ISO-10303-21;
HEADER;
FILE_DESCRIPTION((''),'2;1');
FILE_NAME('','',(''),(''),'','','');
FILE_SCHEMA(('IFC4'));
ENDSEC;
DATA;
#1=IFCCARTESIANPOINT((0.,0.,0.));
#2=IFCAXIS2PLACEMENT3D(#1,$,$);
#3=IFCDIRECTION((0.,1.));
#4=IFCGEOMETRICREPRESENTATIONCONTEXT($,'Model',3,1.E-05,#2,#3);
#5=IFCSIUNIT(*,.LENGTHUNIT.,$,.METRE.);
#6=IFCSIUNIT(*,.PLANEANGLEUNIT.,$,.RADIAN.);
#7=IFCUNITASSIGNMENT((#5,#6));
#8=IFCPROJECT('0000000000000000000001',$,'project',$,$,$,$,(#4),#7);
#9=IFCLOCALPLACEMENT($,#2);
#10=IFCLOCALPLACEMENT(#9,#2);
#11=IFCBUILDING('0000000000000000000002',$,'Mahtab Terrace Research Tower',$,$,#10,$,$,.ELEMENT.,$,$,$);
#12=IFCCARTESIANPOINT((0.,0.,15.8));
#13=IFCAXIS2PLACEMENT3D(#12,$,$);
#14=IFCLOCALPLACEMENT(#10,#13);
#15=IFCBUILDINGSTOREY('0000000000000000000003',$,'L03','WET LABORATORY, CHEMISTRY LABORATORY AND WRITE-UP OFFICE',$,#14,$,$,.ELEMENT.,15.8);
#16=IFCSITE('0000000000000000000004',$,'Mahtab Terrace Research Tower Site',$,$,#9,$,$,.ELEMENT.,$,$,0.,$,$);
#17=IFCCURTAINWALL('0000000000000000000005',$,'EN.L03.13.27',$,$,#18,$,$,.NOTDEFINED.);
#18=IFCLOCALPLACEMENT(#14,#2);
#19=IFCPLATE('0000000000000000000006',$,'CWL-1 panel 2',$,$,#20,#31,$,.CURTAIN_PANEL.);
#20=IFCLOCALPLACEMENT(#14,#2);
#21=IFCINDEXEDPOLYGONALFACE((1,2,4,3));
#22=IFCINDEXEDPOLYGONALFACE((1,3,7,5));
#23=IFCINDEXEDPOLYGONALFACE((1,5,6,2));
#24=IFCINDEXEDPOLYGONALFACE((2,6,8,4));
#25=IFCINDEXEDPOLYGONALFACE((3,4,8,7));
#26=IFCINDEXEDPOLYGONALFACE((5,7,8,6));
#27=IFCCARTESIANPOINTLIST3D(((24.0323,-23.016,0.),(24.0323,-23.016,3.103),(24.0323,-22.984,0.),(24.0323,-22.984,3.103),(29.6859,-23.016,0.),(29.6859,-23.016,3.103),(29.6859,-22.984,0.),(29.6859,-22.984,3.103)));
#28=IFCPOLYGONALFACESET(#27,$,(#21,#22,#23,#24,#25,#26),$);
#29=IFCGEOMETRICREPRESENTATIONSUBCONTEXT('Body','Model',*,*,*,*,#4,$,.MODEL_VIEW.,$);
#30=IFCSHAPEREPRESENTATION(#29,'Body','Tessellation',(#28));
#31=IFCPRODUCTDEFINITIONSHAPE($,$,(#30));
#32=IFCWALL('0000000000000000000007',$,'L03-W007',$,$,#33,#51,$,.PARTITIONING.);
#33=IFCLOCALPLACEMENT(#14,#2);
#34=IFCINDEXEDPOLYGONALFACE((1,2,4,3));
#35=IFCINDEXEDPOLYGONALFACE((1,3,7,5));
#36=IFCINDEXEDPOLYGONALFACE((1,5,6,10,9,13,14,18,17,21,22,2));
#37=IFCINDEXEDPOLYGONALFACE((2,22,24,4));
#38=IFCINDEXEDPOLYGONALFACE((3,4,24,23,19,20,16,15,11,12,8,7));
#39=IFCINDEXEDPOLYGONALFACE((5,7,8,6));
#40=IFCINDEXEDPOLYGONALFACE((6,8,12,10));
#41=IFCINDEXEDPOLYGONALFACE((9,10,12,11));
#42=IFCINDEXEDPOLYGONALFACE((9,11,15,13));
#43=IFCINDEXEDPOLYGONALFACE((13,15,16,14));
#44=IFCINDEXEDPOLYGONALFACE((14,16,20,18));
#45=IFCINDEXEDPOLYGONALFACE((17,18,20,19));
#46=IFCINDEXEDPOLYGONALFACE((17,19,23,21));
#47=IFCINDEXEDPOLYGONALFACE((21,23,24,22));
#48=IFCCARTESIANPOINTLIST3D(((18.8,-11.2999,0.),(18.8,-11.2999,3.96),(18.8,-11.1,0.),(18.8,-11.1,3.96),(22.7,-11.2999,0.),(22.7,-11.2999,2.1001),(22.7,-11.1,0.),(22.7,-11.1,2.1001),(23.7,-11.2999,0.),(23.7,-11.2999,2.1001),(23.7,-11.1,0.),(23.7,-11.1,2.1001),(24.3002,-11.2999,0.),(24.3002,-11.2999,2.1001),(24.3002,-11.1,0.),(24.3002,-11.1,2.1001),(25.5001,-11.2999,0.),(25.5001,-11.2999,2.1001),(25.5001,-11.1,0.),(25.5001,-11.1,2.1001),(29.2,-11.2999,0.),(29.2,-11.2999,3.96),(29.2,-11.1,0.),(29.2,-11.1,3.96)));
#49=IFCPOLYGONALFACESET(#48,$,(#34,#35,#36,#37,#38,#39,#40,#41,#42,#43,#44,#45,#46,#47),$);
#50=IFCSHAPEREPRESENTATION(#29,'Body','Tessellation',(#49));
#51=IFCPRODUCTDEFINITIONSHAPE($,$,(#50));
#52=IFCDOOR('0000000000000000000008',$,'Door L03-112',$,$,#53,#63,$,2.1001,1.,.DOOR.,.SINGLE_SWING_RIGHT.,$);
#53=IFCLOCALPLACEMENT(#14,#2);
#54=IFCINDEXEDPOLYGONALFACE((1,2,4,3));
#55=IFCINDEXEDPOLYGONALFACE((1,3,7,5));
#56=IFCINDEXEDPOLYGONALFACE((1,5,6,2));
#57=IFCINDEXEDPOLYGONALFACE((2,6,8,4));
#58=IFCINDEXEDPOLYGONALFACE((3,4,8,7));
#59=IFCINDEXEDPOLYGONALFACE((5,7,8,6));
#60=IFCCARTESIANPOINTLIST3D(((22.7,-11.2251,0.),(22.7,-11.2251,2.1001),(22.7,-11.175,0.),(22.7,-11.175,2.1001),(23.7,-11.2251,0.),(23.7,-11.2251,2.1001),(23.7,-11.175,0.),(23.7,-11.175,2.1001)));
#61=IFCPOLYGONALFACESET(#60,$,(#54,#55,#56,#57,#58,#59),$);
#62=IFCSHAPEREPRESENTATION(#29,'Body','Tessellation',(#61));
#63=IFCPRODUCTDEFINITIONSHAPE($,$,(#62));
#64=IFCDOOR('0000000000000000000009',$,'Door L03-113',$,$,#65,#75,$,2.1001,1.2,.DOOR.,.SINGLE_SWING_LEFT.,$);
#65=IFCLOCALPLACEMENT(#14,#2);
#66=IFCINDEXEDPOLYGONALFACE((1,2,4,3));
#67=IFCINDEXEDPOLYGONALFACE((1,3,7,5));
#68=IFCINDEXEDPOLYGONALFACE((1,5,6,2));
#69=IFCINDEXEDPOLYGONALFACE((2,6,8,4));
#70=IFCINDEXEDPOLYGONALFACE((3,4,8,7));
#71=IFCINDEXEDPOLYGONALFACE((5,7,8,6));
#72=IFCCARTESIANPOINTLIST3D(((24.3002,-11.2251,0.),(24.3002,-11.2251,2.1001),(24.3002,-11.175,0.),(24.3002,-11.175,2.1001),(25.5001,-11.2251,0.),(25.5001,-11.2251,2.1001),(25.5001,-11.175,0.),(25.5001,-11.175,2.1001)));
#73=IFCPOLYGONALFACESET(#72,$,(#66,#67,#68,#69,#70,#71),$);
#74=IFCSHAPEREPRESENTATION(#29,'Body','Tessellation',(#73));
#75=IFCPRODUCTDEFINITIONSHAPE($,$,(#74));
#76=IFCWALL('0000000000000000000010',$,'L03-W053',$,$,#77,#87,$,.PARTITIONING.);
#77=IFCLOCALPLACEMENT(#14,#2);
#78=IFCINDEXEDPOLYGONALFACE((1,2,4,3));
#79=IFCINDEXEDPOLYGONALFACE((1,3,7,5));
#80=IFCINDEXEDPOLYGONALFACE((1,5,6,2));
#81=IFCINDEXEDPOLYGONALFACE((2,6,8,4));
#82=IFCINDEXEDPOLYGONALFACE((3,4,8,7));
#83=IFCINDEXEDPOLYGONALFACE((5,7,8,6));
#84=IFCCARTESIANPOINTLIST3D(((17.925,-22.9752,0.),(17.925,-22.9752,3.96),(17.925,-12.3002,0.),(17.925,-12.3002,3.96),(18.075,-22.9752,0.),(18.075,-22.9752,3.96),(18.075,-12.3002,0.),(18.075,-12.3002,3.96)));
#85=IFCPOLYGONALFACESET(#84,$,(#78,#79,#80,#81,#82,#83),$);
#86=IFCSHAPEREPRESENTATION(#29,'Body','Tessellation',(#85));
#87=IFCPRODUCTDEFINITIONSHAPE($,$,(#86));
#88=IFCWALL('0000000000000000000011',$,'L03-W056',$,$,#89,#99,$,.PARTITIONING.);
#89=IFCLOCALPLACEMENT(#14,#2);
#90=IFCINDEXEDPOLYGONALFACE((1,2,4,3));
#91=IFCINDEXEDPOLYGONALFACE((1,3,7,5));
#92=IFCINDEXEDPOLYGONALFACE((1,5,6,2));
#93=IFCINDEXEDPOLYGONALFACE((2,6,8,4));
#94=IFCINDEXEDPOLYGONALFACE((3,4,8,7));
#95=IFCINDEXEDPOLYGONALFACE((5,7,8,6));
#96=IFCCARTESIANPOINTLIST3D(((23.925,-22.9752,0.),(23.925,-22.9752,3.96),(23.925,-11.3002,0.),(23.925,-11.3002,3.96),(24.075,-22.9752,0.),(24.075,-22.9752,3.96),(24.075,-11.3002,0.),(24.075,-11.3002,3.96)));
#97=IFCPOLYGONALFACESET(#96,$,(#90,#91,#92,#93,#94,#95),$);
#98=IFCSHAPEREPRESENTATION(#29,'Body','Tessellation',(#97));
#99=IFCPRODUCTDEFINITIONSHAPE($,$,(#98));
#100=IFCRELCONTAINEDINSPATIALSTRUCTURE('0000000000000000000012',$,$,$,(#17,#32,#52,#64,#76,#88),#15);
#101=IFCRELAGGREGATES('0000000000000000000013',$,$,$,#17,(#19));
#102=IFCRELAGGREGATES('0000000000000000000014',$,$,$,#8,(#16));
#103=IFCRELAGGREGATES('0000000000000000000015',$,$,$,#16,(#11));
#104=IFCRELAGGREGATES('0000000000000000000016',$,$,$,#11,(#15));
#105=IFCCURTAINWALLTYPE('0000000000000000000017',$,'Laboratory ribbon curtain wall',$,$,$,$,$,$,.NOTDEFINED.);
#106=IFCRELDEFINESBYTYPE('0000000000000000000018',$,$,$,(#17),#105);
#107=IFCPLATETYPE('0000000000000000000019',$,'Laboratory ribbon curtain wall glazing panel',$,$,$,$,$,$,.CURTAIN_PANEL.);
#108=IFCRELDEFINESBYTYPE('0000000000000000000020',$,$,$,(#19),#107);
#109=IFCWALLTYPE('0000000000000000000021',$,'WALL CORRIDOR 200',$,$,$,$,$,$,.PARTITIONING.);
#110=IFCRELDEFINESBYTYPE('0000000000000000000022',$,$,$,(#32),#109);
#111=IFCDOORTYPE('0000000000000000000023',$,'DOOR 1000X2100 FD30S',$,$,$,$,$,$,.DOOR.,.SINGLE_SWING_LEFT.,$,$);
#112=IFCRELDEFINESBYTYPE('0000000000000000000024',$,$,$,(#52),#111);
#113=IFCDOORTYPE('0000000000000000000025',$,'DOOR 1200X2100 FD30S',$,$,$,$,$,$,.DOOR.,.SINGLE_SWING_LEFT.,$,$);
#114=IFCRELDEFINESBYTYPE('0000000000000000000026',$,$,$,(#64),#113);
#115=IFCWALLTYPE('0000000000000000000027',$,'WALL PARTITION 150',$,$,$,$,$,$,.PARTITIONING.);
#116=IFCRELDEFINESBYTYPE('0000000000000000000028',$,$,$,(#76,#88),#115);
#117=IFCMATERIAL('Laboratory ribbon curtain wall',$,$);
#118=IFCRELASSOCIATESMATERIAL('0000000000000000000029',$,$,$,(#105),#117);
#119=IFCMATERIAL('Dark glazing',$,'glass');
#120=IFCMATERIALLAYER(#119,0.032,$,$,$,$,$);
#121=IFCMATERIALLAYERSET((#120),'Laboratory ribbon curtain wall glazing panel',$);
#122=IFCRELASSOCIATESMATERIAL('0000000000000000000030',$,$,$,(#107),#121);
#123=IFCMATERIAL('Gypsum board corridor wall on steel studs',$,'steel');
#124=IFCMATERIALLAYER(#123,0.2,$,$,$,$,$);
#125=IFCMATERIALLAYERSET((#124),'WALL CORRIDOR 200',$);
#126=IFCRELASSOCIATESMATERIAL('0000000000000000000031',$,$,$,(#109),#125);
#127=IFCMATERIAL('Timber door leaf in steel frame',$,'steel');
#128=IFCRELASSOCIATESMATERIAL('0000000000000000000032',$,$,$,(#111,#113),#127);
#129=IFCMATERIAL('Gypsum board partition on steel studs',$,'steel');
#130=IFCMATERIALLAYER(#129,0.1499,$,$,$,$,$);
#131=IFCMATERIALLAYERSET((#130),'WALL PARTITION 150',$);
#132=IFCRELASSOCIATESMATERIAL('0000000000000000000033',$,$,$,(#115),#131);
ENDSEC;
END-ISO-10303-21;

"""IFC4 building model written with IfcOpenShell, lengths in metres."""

from ifc_helpers import new_model, si_unit, direction, frame, frame_2d, origin, origin_2d, place, context, subcontext, project, spatial, rectangle, extrude, material, layer, layer_set, type_object, element, fill, aggregate, save


model = new_model("IFC4")

# Units and contexts
model_context = context("Model", 3, precision=1e-05, world=origin(), true_north=direction((0.0, 1.0)))
body_context = subcontext(model_context, "Body", "Model", "MODEL_VIEW")
ifc_project = project(units=[si_unit("LENGTHUNIT", "METRE"), si_unit("PLANEANGLEUNIT", "RADIAN")], contexts=[model_context])

# Site, building, storey
site_placement = place(None, origin())
site = spatial("IfcSite", under=ifc_project, at=site_placement, Name="Mahtab Terrace Research Tower Site", CompositionType="ELEMENT", RefElevation=0.0)
building_placement = place(site_placement, origin())
building = spatial("IfcBuilding", under=site, at=building_placement, Name="Mahtab Terrace Research Tower", CompositionType="ELEMENT")
storey_placement = place(building_placement, frame((0.0, 0.0, 15.8)))
storey = spatial("IfcBuildingStorey", under=building, at=storey_placement, Name="L03", Description="WET LABORATORY, CHEMISTRY LABORATORY AND WRITE-UP OFFICE", CompositionType="ELEMENT", Elevation=15.8)

# Shared definitions
ifc_material_1 = material(Name="Laboratory ribbon curtain wall")
curtain_wall_type = type_object("IfcCurtainWallType", Name="Laboratory ribbon curtain wall", PredefinedType="NOTDEFINED", material=ifc_material_1)

# Curtain wall
curtain_wall_1_placement = place(storey_placement, origin())
curtain_wall_1 = element("IfcCurtainWall", 1, at=curtain_wall_1_placement, inside=storey, type_object=curtain_wall_type, Name="EN.L03.13.27", PredefinedType="NOTDEFINED")

# Plate
ifc_material_2 = material(Name="Dark glazing", Category="glass")
ifc_layer_1 = layer(ifc_material_2, 0.032)
ifc_layer_set_1 = layer_set([ifc_layer_1], Name="Laboratory ribbon curtain wall glazing panel")
plate_type = type_object("IfcPlateType", Name="Laboratory ribbon curtain wall glazing panel", PredefinedType="CURTAIN_PANEL", material=ifc_layer_set_1)
plate_1_placement = place(storey_placement, frame((26.8591, -23.0, 0.0), z_axis=(0.0, 0.0, 1.0), x_axis=(1.0, 0.0, 0.0)))
plate_1 = element("IfcPlate", 2, at=plate_1_placement, type_object=plate_type, Name="CWL-1 panel 2", PredefinedType="CURTAIN_PANEL", context=body_context, shape_type="SweptSolid", body=[
    extrude(rectangle(XDim=5.6536, YDim=0.032, at=origin_2d()), origin(), (0.0, 0.0, 1.0), 3.103),
])
aggregate(curtain_wall_1, [plate_1])

# Wall, openings, doors
ifc_material_3 = material(Name="Gypsum board corridor wall on steel studs", Category="steel")
ifc_layer_2 = layer(ifc_material_3, 0.2)
ifc_layer_set_2 = layer_set([ifc_layer_2], Name="WALL CORRIDOR 200")
wall_type_1 = type_object("IfcWallType", Name="WALL CORRIDOR 200", PredefinedType="PARTITIONING", material=ifc_layer_set_2)
wall_1_placement = place(storey_placement, frame((18.8, -11.2, 0.0), z_axis=(0.0, 0.0, 1.0), x_axis=(1.0, 0.0, 0.0)))
wall_1 = element("IfcWall", 3, at=wall_1_placement, inside=storey, type_object=wall_type_1, Name="L03-W007", PredefinedType="PARTITIONING", context=body_context, shape_type="SweptSolid", body=[
    extrude(rectangle(XDim=10.3999, YDim=0.2, at=frame_2d((5.2, 0.0))), origin(), (0.0, 0.0, 1.0), 3.96),
])
opening_1_placement = place(wall_1_placement, frame((3.8999, 0.0, 0.0)))
opening_1 = element("IfcOpeningElement", 4, at=opening_1_placement, cuts=wall_1, PredefinedType="OPENING", context=body_context, shape_type="SweptSolid", body=[
    extrude(rectangle(XDim=1.0, YDim=2.1001, at=frame_2d((0.5, 1.05))), frame((0.0, 0.1099, 0.0), z_axis=(0.0, -1.0, 0.0), x_axis=(1.0, 0.0, 0.0)), (0.0, 0.0, 1.0), 0.22),
])
opening_2_placement = place(wall_1_placement, frame((5.5, 0.0, 0.0)))
opening_2 = element("IfcOpeningElement", 5, at=opening_2_placement, cuts=wall_1, PredefinedType="OPENING", context=body_context, shape_type="SweptSolid", body=[
    extrude(rectangle(XDim=1.2, YDim=2.1001, at=frame_2d((0.6001, 1.05))), frame((0.0, 0.1099, 0.0), z_axis=(0.0, -1.0, 0.0), x_axis=(1.0, 0.0, 0.0)), (0.0, 0.0, 1.0), 0.22),
])
ifc_material_4 = material(Name="Timber door leaf in steel frame", Category="steel")
door_type_1 = type_object("IfcDoorType", Name="DOOR 1000X2100 FD30S", OperationType="SINGLE_SWING_LEFT", PredefinedType="DOOR", material=ifc_material_4)
door_1_placement = place(opening_1_placement, origin())
door_1 = element("IfcDoor", 6, at=door_1_placement, inside=storey, type_object=door_type_1, Name="Door L03-112", OperationType="SINGLE_SWING_RIGHT", OverallHeight=2.1001, OverallWidth=1.0, PredefinedType="DOOR", context=body_context, shape_type="SweptSolid", body=[
    extrude(rectangle(XDim=1.0, YDim=2.1001, at=frame_2d((0.5, 1.05))), frame((0.0, 0.0249, 0.0), z_axis=(0.0, -1.0, 0.0), x_axis=(1.0, 0.0, 0.0)), (0.0, 0.0, 1.0), 0.05),
])
fill(opening_1, door_1)
door_type_2 = type_object("IfcDoorType", Name="DOOR 1200X2100 FD30S", OperationType="SINGLE_SWING_LEFT", PredefinedType="DOOR", material=ifc_material_4)
door_2_placement = place(opening_2_placement, origin())
door_2 = element("IfcDoor", 7, at=door_2_placement, inside=storey, type_object=door_type_2, Name="Door L03-113", OperationType="SINGLE_SWING_LEFT", OverallHeight=2.1001, OverallWidth=1.2, PredefinedType="DOOR", context=body_context, shape_type="SweptSolid", body=[
    extrude(rectangle(XDim=1.2, YDim=2.1001, at=frame_2d((0.6001, 1.05))), frame((0.0, 0.0249, 0.0), z_axis=(0.0, -1.0, 0.0), x_axis=(1.0, 0.0, 0.0)), (0.0, 0.0, 1.0), 0.05),
])
fill(opening_2, door_2)

# Walls
ifc_material_5 = material(Name="Gypsum board partition on steel studs", Category="steel")
ifc_layer_3 = layer(ifc_material_5, 0.1499)
ifc_layer_set_3 = layer_set([ifc_layer_3], Name="WALL PARTITION 150")
wall_type_2 = type_object("IfcWallType", Name="WALL PARTITION 150", PredefinedType="PARTITIONING", material=ifc_layer_set_3)
wall_2_placement = place(storey_placement, frame((18.0, -22.9751, 0.0), z_axis=(0.0, 0.0, 1.0), x_axis=(0.0, 1.0, 0.0)))
element("IfcWall", 8, at=wall_2_placement, inside=storey, type_object=wall_type_2, Name="L03-W053", PredefinedType="PARTITIONING", context=body_context, shape_type="SweptSolid", body=[
    extrude(rectangle(XDim=10.675, YDim=0.1499, at=frame_2d((5.3374, 0.0))), origin(), (0.0, 0.0, 1.0), 3.96),
])
wall_3_placement = place(storey_placement, frame((24.0, -22.9751, 0.0), z_axis=(0.0, 0.0, 1.0), x_axis=(0.0, 1.0, 0.0)))
element("IfcWall", 9, at=wall_3_placement, inside=storey, type_object=wall_type_2, Name="L03-W056", PredefinedType="PARTITIONING", context=body_context, shape_type="SweptSolid", body=[
    extrude(rectangle(XDim=11.675, YDim=0.1499, at=frame_2d((5.8374, 0.0))), origin(), (0.0, 0.0, 1.0), 3.96),
])

save(model, "model.ifc")
